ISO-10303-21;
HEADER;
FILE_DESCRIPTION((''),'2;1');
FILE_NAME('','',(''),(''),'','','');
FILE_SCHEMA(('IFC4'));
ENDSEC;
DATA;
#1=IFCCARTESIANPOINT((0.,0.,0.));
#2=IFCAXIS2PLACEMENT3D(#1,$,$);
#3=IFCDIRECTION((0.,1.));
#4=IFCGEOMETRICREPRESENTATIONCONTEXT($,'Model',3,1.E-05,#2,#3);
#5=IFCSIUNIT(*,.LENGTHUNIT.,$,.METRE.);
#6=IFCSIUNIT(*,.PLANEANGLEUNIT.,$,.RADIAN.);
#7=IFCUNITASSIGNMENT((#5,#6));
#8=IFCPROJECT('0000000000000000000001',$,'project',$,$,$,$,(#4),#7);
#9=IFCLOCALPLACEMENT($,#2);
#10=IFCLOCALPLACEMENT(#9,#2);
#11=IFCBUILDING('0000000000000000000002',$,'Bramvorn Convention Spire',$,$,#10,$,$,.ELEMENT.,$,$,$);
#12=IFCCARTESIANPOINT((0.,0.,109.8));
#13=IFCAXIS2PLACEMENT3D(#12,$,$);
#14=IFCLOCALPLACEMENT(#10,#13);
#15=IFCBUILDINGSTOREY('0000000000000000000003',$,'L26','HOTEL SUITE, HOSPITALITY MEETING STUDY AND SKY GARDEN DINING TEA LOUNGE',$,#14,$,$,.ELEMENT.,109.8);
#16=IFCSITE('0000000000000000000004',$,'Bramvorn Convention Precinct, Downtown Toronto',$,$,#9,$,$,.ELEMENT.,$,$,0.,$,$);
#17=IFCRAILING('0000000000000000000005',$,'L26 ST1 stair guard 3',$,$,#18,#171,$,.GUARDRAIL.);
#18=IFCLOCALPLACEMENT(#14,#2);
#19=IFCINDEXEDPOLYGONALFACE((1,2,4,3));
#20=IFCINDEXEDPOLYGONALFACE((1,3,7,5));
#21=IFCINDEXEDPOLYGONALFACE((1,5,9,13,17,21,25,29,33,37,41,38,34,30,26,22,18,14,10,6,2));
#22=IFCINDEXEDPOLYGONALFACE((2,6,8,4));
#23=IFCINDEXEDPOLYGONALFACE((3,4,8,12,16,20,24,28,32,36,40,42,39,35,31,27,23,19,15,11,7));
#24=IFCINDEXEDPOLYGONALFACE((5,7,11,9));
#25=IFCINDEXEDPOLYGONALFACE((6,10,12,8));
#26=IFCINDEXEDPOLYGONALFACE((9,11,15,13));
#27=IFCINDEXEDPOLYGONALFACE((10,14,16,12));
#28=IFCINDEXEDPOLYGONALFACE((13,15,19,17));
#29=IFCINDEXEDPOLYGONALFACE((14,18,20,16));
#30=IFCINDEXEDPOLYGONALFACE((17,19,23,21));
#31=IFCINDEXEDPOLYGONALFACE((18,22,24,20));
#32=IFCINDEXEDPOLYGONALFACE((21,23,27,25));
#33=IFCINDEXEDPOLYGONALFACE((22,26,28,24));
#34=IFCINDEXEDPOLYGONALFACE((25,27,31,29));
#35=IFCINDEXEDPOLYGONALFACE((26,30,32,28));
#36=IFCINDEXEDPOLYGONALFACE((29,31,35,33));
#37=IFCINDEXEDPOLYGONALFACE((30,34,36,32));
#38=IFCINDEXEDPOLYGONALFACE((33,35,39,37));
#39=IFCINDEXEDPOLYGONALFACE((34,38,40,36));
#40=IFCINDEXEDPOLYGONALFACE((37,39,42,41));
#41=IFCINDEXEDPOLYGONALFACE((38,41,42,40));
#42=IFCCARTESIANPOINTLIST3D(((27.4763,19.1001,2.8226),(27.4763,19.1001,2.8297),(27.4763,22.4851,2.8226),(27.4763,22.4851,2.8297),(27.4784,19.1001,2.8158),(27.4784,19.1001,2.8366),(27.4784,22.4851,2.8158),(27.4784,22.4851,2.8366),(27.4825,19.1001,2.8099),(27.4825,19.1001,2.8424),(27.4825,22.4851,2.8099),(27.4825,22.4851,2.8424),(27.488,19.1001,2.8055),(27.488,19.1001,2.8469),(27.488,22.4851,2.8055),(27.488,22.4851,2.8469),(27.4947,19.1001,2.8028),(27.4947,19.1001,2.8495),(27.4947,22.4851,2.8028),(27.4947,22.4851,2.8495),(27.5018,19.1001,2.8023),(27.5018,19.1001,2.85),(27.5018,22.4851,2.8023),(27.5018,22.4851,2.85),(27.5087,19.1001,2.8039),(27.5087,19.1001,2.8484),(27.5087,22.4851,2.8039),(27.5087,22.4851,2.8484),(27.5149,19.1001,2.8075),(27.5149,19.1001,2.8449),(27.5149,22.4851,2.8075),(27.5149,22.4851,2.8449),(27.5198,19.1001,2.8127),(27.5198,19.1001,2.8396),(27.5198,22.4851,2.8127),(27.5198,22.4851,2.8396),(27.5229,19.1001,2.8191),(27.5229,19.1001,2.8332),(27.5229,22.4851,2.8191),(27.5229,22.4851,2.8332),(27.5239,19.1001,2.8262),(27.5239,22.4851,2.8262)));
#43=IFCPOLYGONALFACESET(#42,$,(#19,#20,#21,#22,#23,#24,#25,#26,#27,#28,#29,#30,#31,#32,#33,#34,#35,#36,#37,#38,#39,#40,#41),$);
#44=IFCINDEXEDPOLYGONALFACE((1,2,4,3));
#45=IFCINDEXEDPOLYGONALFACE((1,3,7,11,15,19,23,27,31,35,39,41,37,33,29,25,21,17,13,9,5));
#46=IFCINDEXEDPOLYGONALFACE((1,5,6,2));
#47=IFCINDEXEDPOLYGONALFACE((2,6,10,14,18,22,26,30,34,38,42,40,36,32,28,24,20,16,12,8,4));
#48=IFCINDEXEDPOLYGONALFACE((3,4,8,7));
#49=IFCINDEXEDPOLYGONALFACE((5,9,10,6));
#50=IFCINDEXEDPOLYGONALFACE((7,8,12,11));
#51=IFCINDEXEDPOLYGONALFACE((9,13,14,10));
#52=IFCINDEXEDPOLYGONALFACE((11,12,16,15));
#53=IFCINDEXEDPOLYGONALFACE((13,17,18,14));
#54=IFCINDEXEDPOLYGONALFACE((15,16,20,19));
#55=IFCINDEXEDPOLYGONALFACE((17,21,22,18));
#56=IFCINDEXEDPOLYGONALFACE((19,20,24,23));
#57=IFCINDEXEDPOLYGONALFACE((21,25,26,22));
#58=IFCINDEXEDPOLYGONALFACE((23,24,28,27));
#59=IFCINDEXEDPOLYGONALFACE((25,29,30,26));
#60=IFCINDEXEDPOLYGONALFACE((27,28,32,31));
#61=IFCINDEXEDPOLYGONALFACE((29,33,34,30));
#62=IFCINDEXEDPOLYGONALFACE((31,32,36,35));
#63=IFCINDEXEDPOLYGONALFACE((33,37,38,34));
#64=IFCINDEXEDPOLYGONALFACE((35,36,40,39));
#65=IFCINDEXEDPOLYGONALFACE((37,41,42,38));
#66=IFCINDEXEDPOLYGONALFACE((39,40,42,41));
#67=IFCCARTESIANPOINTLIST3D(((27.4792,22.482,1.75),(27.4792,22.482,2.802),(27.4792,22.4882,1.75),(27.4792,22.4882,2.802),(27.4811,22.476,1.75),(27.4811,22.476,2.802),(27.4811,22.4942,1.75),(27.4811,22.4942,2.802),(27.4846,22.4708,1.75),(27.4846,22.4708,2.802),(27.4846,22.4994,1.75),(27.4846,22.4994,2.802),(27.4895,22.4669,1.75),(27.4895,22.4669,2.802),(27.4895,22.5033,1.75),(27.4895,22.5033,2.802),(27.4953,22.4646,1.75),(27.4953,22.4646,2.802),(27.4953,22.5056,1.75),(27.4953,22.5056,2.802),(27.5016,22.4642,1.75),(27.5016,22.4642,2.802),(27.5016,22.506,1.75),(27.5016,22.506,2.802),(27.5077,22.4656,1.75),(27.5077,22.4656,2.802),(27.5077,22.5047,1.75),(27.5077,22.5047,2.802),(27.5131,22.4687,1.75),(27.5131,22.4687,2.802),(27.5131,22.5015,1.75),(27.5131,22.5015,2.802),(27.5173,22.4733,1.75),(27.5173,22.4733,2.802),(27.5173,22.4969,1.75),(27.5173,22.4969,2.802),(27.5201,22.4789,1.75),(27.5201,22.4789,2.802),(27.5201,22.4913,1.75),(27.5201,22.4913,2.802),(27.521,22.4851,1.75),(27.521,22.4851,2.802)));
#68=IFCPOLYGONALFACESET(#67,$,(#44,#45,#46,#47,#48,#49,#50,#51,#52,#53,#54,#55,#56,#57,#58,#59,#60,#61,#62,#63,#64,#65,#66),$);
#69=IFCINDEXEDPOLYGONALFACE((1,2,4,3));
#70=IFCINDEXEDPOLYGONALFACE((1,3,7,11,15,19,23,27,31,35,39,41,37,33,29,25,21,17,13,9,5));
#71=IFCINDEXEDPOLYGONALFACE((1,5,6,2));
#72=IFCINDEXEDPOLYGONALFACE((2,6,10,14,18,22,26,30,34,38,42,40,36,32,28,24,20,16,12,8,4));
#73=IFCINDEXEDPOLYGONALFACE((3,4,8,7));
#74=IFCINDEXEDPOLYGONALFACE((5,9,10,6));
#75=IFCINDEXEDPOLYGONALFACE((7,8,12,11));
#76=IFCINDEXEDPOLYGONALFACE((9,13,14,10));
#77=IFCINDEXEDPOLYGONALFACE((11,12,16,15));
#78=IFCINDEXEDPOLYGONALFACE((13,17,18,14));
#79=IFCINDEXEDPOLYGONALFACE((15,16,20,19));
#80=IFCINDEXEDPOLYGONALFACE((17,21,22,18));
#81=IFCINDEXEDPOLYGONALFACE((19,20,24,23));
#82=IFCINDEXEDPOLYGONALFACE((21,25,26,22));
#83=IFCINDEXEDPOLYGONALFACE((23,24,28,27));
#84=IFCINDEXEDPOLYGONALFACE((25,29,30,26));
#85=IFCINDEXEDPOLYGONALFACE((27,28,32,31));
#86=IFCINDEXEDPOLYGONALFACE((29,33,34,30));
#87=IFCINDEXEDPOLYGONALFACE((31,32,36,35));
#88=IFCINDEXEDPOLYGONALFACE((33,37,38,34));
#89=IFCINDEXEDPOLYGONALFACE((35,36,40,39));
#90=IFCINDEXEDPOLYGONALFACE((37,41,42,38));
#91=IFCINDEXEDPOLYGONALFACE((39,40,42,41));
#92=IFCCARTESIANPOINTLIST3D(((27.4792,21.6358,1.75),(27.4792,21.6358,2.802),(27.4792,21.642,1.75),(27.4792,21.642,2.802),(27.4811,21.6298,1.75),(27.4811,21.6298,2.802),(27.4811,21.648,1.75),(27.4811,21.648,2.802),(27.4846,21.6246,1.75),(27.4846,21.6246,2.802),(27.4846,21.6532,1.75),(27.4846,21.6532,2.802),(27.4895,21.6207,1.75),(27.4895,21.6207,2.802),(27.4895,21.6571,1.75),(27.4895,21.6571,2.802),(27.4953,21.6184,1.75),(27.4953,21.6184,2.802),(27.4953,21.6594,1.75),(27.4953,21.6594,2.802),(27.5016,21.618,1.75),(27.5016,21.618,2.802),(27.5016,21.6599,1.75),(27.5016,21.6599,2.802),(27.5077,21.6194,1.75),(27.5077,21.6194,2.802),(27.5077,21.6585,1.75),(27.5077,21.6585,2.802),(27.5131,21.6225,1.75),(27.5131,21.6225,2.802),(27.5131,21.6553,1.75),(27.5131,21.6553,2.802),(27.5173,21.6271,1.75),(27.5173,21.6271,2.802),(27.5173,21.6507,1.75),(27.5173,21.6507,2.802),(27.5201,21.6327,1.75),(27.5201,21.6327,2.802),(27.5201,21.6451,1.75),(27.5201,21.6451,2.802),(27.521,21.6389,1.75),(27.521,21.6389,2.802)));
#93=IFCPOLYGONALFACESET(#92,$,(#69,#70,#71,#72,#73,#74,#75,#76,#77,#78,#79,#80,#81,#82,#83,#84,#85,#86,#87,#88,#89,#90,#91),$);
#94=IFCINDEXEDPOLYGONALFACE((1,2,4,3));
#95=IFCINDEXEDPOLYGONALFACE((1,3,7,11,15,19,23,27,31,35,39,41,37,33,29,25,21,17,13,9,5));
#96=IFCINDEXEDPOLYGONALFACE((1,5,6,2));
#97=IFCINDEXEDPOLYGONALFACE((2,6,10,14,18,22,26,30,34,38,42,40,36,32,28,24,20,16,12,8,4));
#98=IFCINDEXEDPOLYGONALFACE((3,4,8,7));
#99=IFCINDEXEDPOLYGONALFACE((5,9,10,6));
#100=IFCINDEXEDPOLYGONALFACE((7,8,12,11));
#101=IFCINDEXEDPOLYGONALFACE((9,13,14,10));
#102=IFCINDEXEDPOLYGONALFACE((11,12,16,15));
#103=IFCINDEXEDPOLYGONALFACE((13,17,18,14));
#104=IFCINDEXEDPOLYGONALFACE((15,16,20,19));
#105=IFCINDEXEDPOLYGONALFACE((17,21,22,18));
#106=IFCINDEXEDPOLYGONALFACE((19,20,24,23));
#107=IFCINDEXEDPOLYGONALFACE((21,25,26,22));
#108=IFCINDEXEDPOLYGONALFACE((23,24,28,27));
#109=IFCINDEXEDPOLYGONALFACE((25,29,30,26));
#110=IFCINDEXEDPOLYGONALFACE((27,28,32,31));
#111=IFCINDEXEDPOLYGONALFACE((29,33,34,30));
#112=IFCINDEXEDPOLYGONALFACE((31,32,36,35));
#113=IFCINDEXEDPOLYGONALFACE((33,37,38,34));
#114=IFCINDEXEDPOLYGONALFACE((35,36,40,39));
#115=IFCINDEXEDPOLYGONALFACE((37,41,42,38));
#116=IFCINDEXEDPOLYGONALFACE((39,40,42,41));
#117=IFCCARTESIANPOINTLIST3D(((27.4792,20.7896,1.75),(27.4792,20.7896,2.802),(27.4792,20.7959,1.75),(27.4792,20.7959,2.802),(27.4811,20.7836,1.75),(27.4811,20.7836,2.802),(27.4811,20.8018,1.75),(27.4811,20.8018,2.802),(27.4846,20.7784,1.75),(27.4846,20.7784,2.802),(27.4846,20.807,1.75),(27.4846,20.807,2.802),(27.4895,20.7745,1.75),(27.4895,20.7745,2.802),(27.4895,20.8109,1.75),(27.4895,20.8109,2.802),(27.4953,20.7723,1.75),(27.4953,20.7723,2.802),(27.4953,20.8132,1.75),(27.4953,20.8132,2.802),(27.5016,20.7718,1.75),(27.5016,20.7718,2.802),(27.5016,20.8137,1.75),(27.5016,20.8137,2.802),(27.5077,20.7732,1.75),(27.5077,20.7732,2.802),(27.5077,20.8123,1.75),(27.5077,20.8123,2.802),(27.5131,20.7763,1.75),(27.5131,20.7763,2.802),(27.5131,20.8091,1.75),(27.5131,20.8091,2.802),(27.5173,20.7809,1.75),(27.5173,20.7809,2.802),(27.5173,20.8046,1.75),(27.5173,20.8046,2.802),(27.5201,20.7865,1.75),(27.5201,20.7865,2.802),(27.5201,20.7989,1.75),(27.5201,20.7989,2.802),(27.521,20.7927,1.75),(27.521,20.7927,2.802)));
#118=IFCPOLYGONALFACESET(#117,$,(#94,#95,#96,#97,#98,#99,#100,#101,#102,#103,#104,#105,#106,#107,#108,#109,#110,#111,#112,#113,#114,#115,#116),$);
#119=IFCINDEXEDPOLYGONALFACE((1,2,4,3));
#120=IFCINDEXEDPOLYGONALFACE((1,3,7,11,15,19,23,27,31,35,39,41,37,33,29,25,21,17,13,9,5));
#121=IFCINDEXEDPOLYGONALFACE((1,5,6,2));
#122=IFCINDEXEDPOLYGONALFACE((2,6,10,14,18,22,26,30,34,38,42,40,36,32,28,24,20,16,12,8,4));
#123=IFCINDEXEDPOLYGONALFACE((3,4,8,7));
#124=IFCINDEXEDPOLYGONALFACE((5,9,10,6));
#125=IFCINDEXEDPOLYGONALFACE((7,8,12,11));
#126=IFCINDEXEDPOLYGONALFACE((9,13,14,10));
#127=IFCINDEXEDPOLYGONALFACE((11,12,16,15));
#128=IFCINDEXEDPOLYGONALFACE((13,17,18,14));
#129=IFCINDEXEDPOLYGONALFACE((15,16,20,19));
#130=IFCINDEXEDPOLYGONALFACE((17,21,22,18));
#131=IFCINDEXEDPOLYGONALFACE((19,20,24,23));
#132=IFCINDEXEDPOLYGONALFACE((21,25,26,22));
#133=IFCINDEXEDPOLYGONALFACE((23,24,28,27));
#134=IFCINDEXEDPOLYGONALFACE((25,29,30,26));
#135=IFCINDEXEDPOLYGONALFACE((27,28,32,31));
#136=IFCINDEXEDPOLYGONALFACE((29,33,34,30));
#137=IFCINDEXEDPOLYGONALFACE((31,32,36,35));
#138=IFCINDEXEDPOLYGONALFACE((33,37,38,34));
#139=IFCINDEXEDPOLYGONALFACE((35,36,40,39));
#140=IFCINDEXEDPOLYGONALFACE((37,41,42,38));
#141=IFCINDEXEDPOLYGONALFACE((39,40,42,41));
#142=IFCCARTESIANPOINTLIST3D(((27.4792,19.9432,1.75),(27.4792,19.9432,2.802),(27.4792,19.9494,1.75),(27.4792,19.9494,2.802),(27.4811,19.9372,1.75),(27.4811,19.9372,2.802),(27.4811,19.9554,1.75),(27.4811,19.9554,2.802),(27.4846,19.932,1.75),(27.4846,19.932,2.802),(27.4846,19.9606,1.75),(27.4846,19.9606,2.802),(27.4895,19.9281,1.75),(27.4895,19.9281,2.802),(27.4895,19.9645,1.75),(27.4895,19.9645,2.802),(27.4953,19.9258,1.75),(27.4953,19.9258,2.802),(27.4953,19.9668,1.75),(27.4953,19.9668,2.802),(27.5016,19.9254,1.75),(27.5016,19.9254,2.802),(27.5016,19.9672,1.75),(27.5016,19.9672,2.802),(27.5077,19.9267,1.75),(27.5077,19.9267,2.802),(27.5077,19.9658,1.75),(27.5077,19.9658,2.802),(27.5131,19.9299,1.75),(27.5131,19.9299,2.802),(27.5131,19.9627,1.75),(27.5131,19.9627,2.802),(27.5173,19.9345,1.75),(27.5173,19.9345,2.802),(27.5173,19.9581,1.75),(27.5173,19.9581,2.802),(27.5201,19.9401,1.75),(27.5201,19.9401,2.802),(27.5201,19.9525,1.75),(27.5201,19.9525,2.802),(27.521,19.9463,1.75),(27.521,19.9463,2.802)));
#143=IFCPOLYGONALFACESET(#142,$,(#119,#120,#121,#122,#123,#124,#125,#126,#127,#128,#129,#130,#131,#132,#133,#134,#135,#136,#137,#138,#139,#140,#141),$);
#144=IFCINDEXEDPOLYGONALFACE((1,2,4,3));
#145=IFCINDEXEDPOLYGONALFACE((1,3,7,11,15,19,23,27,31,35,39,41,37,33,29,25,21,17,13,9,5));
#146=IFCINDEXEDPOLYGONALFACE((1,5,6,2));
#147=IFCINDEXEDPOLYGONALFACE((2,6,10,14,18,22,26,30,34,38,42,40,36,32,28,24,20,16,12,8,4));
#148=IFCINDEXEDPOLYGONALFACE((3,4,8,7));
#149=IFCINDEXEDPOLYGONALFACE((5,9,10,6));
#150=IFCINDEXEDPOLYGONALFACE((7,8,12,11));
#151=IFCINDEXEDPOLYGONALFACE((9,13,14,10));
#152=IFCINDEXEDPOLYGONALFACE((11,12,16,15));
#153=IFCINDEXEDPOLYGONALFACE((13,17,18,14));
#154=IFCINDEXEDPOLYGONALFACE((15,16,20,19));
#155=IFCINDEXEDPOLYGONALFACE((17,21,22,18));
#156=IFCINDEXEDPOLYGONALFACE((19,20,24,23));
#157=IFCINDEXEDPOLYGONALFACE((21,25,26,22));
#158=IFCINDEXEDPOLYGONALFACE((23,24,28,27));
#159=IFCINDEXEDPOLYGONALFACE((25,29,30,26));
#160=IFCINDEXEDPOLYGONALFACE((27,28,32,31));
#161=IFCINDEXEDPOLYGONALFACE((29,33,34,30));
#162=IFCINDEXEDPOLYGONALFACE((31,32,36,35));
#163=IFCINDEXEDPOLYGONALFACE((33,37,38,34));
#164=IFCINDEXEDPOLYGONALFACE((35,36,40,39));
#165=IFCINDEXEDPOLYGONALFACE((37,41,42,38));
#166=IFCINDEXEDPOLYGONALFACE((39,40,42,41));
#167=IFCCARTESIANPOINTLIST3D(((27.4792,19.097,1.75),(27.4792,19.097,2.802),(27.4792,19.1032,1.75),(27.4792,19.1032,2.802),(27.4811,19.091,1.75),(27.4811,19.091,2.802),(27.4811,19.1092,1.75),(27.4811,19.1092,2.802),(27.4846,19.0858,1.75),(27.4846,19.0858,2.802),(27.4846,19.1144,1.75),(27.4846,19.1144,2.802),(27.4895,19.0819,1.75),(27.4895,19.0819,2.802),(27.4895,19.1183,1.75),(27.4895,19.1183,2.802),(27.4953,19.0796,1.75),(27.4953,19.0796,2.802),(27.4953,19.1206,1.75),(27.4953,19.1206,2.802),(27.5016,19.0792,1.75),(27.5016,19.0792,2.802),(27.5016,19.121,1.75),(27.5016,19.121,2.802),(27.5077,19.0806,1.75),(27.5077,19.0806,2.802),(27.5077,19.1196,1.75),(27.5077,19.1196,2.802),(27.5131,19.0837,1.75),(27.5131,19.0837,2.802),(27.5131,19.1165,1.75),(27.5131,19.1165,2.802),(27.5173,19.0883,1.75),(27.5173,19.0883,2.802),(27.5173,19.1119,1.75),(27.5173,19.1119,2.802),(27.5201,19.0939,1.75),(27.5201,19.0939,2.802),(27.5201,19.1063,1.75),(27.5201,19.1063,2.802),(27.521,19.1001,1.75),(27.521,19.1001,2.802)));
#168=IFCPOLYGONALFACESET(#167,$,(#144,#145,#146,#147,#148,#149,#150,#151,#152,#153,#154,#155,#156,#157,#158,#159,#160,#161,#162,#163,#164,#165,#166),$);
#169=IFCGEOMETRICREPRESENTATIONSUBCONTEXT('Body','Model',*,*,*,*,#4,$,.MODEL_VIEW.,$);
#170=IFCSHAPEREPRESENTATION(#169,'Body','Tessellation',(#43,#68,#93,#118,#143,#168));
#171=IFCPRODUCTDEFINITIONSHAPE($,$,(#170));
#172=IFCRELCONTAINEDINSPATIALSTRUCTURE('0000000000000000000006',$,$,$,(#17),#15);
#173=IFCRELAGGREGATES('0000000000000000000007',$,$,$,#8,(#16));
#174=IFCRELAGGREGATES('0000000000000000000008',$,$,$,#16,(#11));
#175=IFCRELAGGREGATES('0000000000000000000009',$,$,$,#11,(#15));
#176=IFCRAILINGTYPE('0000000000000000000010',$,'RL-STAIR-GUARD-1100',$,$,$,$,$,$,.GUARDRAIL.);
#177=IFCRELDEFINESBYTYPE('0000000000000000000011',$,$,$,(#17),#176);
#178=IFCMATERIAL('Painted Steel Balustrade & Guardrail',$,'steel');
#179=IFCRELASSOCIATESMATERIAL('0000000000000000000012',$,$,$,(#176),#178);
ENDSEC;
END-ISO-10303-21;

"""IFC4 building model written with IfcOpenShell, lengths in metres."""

from ifc_helpers import new_model, si_unit, direction, frame, origin, origin_2d, place, context, subcontext, project, spatial, circle, extrude, material, type_object, element, save


model = new_model("IFC4")

# Units and contexts
model_context = context("Model", 3, precision=1e-05, world=origin(), true_north=direction((0.0, 1.0)))
body_context = subcontext(model_context, "Body", "Model", "MODEL_VIEW")
ifc_project = project(units=[si_unit("LENGTHUNIT", "METRE"), si_unit("PLANEANGLEUNIT", "RADIAN")], contexts=[model_context])

# Site, building, storey
site_placement = place(None, origin())
site = spatial("IfcSite", under=ifc_project, at=site_placement, Name="Bramvorn Convention Precinct, Downtown Toronto", CompositionType="ELEMENT", RefElevation=0.0)
building_placement = place(site_placement, origin())
building = spatial("IfcBuilding", under=site, at=building_placement, Name="Bramvorn Convention Spire", CompositionType="ELEMENT")
storey_placement = place(building_placement, frame((0.0, 0.0, 109.8)))
storey = spatial("IfcBuildingStorey", under=building, at=storey_placement, Name="L26", Description="HOTEL SUITE, HOSPITALITY MEETING STUDY AND SKY GARDEN DINING TEA LOUNGE", CompositionType="ELEMENT", Elevation=109.8)

# Railing
ifc_material_1 = material(Name="Painted Steel Balustrade & Guardrail", Category="steel")
railing_type_1 = type_object("IfcRailingType", Name="RL-STAIR-GUARD-1100", PredefinedType="GUARDRAIL", material=ifc_material_1)
for number, where, name in (
    (1, (27.5, 22.4851, 1.75), "L26 ST1 stair guard 3"),
):
    element("IfcRailing", number, at=place(storey_placement, frame(where)), inside=storey, type_object=railing_type_1, Name=name, PredefinedType="GUARDRAIL", context=body_context, shape_type="SweptSolid", body=[
        extrude(circle(Radius=0.0239, at=origin_2d()), frame((0.0, 0.0, 1.0762), z_axis=(0.0, -1.0, 0.0), x_axis=(1.0, 0.0, 0.0)), (0.0, 0.0, 1.0), 3.385),
        extrude(circle(Radius=0.021, at=origin_2d()), origin(), (0.0, 0.0, 1.0), 1.052),
        extrude(circle(Radius=0.021, at=origin_2d()), frame((0.0, -0.8462, 0.0)), (0.0, 0.0, 1.0), 1.052),
        extrude(circle(Radius=0.021, at=origin_2d()), frame((0.0, -1.6924, 0.0)), (0.0, 0.0, 1.0), 1.052),
        extrude(circle(Radius=0.021, at=origin_2d()), frame((0.0, -2.5388, 0.0)), (0.0, 0.0, 1.0), 1.052),
        extrude(circle(Radius=0.021, at=origin_2d()), frame((0.0, -3.385, 0.0)), (0.0, 0.0, 1.0), 1.052),
    ])

save(model, "model.ifc")
